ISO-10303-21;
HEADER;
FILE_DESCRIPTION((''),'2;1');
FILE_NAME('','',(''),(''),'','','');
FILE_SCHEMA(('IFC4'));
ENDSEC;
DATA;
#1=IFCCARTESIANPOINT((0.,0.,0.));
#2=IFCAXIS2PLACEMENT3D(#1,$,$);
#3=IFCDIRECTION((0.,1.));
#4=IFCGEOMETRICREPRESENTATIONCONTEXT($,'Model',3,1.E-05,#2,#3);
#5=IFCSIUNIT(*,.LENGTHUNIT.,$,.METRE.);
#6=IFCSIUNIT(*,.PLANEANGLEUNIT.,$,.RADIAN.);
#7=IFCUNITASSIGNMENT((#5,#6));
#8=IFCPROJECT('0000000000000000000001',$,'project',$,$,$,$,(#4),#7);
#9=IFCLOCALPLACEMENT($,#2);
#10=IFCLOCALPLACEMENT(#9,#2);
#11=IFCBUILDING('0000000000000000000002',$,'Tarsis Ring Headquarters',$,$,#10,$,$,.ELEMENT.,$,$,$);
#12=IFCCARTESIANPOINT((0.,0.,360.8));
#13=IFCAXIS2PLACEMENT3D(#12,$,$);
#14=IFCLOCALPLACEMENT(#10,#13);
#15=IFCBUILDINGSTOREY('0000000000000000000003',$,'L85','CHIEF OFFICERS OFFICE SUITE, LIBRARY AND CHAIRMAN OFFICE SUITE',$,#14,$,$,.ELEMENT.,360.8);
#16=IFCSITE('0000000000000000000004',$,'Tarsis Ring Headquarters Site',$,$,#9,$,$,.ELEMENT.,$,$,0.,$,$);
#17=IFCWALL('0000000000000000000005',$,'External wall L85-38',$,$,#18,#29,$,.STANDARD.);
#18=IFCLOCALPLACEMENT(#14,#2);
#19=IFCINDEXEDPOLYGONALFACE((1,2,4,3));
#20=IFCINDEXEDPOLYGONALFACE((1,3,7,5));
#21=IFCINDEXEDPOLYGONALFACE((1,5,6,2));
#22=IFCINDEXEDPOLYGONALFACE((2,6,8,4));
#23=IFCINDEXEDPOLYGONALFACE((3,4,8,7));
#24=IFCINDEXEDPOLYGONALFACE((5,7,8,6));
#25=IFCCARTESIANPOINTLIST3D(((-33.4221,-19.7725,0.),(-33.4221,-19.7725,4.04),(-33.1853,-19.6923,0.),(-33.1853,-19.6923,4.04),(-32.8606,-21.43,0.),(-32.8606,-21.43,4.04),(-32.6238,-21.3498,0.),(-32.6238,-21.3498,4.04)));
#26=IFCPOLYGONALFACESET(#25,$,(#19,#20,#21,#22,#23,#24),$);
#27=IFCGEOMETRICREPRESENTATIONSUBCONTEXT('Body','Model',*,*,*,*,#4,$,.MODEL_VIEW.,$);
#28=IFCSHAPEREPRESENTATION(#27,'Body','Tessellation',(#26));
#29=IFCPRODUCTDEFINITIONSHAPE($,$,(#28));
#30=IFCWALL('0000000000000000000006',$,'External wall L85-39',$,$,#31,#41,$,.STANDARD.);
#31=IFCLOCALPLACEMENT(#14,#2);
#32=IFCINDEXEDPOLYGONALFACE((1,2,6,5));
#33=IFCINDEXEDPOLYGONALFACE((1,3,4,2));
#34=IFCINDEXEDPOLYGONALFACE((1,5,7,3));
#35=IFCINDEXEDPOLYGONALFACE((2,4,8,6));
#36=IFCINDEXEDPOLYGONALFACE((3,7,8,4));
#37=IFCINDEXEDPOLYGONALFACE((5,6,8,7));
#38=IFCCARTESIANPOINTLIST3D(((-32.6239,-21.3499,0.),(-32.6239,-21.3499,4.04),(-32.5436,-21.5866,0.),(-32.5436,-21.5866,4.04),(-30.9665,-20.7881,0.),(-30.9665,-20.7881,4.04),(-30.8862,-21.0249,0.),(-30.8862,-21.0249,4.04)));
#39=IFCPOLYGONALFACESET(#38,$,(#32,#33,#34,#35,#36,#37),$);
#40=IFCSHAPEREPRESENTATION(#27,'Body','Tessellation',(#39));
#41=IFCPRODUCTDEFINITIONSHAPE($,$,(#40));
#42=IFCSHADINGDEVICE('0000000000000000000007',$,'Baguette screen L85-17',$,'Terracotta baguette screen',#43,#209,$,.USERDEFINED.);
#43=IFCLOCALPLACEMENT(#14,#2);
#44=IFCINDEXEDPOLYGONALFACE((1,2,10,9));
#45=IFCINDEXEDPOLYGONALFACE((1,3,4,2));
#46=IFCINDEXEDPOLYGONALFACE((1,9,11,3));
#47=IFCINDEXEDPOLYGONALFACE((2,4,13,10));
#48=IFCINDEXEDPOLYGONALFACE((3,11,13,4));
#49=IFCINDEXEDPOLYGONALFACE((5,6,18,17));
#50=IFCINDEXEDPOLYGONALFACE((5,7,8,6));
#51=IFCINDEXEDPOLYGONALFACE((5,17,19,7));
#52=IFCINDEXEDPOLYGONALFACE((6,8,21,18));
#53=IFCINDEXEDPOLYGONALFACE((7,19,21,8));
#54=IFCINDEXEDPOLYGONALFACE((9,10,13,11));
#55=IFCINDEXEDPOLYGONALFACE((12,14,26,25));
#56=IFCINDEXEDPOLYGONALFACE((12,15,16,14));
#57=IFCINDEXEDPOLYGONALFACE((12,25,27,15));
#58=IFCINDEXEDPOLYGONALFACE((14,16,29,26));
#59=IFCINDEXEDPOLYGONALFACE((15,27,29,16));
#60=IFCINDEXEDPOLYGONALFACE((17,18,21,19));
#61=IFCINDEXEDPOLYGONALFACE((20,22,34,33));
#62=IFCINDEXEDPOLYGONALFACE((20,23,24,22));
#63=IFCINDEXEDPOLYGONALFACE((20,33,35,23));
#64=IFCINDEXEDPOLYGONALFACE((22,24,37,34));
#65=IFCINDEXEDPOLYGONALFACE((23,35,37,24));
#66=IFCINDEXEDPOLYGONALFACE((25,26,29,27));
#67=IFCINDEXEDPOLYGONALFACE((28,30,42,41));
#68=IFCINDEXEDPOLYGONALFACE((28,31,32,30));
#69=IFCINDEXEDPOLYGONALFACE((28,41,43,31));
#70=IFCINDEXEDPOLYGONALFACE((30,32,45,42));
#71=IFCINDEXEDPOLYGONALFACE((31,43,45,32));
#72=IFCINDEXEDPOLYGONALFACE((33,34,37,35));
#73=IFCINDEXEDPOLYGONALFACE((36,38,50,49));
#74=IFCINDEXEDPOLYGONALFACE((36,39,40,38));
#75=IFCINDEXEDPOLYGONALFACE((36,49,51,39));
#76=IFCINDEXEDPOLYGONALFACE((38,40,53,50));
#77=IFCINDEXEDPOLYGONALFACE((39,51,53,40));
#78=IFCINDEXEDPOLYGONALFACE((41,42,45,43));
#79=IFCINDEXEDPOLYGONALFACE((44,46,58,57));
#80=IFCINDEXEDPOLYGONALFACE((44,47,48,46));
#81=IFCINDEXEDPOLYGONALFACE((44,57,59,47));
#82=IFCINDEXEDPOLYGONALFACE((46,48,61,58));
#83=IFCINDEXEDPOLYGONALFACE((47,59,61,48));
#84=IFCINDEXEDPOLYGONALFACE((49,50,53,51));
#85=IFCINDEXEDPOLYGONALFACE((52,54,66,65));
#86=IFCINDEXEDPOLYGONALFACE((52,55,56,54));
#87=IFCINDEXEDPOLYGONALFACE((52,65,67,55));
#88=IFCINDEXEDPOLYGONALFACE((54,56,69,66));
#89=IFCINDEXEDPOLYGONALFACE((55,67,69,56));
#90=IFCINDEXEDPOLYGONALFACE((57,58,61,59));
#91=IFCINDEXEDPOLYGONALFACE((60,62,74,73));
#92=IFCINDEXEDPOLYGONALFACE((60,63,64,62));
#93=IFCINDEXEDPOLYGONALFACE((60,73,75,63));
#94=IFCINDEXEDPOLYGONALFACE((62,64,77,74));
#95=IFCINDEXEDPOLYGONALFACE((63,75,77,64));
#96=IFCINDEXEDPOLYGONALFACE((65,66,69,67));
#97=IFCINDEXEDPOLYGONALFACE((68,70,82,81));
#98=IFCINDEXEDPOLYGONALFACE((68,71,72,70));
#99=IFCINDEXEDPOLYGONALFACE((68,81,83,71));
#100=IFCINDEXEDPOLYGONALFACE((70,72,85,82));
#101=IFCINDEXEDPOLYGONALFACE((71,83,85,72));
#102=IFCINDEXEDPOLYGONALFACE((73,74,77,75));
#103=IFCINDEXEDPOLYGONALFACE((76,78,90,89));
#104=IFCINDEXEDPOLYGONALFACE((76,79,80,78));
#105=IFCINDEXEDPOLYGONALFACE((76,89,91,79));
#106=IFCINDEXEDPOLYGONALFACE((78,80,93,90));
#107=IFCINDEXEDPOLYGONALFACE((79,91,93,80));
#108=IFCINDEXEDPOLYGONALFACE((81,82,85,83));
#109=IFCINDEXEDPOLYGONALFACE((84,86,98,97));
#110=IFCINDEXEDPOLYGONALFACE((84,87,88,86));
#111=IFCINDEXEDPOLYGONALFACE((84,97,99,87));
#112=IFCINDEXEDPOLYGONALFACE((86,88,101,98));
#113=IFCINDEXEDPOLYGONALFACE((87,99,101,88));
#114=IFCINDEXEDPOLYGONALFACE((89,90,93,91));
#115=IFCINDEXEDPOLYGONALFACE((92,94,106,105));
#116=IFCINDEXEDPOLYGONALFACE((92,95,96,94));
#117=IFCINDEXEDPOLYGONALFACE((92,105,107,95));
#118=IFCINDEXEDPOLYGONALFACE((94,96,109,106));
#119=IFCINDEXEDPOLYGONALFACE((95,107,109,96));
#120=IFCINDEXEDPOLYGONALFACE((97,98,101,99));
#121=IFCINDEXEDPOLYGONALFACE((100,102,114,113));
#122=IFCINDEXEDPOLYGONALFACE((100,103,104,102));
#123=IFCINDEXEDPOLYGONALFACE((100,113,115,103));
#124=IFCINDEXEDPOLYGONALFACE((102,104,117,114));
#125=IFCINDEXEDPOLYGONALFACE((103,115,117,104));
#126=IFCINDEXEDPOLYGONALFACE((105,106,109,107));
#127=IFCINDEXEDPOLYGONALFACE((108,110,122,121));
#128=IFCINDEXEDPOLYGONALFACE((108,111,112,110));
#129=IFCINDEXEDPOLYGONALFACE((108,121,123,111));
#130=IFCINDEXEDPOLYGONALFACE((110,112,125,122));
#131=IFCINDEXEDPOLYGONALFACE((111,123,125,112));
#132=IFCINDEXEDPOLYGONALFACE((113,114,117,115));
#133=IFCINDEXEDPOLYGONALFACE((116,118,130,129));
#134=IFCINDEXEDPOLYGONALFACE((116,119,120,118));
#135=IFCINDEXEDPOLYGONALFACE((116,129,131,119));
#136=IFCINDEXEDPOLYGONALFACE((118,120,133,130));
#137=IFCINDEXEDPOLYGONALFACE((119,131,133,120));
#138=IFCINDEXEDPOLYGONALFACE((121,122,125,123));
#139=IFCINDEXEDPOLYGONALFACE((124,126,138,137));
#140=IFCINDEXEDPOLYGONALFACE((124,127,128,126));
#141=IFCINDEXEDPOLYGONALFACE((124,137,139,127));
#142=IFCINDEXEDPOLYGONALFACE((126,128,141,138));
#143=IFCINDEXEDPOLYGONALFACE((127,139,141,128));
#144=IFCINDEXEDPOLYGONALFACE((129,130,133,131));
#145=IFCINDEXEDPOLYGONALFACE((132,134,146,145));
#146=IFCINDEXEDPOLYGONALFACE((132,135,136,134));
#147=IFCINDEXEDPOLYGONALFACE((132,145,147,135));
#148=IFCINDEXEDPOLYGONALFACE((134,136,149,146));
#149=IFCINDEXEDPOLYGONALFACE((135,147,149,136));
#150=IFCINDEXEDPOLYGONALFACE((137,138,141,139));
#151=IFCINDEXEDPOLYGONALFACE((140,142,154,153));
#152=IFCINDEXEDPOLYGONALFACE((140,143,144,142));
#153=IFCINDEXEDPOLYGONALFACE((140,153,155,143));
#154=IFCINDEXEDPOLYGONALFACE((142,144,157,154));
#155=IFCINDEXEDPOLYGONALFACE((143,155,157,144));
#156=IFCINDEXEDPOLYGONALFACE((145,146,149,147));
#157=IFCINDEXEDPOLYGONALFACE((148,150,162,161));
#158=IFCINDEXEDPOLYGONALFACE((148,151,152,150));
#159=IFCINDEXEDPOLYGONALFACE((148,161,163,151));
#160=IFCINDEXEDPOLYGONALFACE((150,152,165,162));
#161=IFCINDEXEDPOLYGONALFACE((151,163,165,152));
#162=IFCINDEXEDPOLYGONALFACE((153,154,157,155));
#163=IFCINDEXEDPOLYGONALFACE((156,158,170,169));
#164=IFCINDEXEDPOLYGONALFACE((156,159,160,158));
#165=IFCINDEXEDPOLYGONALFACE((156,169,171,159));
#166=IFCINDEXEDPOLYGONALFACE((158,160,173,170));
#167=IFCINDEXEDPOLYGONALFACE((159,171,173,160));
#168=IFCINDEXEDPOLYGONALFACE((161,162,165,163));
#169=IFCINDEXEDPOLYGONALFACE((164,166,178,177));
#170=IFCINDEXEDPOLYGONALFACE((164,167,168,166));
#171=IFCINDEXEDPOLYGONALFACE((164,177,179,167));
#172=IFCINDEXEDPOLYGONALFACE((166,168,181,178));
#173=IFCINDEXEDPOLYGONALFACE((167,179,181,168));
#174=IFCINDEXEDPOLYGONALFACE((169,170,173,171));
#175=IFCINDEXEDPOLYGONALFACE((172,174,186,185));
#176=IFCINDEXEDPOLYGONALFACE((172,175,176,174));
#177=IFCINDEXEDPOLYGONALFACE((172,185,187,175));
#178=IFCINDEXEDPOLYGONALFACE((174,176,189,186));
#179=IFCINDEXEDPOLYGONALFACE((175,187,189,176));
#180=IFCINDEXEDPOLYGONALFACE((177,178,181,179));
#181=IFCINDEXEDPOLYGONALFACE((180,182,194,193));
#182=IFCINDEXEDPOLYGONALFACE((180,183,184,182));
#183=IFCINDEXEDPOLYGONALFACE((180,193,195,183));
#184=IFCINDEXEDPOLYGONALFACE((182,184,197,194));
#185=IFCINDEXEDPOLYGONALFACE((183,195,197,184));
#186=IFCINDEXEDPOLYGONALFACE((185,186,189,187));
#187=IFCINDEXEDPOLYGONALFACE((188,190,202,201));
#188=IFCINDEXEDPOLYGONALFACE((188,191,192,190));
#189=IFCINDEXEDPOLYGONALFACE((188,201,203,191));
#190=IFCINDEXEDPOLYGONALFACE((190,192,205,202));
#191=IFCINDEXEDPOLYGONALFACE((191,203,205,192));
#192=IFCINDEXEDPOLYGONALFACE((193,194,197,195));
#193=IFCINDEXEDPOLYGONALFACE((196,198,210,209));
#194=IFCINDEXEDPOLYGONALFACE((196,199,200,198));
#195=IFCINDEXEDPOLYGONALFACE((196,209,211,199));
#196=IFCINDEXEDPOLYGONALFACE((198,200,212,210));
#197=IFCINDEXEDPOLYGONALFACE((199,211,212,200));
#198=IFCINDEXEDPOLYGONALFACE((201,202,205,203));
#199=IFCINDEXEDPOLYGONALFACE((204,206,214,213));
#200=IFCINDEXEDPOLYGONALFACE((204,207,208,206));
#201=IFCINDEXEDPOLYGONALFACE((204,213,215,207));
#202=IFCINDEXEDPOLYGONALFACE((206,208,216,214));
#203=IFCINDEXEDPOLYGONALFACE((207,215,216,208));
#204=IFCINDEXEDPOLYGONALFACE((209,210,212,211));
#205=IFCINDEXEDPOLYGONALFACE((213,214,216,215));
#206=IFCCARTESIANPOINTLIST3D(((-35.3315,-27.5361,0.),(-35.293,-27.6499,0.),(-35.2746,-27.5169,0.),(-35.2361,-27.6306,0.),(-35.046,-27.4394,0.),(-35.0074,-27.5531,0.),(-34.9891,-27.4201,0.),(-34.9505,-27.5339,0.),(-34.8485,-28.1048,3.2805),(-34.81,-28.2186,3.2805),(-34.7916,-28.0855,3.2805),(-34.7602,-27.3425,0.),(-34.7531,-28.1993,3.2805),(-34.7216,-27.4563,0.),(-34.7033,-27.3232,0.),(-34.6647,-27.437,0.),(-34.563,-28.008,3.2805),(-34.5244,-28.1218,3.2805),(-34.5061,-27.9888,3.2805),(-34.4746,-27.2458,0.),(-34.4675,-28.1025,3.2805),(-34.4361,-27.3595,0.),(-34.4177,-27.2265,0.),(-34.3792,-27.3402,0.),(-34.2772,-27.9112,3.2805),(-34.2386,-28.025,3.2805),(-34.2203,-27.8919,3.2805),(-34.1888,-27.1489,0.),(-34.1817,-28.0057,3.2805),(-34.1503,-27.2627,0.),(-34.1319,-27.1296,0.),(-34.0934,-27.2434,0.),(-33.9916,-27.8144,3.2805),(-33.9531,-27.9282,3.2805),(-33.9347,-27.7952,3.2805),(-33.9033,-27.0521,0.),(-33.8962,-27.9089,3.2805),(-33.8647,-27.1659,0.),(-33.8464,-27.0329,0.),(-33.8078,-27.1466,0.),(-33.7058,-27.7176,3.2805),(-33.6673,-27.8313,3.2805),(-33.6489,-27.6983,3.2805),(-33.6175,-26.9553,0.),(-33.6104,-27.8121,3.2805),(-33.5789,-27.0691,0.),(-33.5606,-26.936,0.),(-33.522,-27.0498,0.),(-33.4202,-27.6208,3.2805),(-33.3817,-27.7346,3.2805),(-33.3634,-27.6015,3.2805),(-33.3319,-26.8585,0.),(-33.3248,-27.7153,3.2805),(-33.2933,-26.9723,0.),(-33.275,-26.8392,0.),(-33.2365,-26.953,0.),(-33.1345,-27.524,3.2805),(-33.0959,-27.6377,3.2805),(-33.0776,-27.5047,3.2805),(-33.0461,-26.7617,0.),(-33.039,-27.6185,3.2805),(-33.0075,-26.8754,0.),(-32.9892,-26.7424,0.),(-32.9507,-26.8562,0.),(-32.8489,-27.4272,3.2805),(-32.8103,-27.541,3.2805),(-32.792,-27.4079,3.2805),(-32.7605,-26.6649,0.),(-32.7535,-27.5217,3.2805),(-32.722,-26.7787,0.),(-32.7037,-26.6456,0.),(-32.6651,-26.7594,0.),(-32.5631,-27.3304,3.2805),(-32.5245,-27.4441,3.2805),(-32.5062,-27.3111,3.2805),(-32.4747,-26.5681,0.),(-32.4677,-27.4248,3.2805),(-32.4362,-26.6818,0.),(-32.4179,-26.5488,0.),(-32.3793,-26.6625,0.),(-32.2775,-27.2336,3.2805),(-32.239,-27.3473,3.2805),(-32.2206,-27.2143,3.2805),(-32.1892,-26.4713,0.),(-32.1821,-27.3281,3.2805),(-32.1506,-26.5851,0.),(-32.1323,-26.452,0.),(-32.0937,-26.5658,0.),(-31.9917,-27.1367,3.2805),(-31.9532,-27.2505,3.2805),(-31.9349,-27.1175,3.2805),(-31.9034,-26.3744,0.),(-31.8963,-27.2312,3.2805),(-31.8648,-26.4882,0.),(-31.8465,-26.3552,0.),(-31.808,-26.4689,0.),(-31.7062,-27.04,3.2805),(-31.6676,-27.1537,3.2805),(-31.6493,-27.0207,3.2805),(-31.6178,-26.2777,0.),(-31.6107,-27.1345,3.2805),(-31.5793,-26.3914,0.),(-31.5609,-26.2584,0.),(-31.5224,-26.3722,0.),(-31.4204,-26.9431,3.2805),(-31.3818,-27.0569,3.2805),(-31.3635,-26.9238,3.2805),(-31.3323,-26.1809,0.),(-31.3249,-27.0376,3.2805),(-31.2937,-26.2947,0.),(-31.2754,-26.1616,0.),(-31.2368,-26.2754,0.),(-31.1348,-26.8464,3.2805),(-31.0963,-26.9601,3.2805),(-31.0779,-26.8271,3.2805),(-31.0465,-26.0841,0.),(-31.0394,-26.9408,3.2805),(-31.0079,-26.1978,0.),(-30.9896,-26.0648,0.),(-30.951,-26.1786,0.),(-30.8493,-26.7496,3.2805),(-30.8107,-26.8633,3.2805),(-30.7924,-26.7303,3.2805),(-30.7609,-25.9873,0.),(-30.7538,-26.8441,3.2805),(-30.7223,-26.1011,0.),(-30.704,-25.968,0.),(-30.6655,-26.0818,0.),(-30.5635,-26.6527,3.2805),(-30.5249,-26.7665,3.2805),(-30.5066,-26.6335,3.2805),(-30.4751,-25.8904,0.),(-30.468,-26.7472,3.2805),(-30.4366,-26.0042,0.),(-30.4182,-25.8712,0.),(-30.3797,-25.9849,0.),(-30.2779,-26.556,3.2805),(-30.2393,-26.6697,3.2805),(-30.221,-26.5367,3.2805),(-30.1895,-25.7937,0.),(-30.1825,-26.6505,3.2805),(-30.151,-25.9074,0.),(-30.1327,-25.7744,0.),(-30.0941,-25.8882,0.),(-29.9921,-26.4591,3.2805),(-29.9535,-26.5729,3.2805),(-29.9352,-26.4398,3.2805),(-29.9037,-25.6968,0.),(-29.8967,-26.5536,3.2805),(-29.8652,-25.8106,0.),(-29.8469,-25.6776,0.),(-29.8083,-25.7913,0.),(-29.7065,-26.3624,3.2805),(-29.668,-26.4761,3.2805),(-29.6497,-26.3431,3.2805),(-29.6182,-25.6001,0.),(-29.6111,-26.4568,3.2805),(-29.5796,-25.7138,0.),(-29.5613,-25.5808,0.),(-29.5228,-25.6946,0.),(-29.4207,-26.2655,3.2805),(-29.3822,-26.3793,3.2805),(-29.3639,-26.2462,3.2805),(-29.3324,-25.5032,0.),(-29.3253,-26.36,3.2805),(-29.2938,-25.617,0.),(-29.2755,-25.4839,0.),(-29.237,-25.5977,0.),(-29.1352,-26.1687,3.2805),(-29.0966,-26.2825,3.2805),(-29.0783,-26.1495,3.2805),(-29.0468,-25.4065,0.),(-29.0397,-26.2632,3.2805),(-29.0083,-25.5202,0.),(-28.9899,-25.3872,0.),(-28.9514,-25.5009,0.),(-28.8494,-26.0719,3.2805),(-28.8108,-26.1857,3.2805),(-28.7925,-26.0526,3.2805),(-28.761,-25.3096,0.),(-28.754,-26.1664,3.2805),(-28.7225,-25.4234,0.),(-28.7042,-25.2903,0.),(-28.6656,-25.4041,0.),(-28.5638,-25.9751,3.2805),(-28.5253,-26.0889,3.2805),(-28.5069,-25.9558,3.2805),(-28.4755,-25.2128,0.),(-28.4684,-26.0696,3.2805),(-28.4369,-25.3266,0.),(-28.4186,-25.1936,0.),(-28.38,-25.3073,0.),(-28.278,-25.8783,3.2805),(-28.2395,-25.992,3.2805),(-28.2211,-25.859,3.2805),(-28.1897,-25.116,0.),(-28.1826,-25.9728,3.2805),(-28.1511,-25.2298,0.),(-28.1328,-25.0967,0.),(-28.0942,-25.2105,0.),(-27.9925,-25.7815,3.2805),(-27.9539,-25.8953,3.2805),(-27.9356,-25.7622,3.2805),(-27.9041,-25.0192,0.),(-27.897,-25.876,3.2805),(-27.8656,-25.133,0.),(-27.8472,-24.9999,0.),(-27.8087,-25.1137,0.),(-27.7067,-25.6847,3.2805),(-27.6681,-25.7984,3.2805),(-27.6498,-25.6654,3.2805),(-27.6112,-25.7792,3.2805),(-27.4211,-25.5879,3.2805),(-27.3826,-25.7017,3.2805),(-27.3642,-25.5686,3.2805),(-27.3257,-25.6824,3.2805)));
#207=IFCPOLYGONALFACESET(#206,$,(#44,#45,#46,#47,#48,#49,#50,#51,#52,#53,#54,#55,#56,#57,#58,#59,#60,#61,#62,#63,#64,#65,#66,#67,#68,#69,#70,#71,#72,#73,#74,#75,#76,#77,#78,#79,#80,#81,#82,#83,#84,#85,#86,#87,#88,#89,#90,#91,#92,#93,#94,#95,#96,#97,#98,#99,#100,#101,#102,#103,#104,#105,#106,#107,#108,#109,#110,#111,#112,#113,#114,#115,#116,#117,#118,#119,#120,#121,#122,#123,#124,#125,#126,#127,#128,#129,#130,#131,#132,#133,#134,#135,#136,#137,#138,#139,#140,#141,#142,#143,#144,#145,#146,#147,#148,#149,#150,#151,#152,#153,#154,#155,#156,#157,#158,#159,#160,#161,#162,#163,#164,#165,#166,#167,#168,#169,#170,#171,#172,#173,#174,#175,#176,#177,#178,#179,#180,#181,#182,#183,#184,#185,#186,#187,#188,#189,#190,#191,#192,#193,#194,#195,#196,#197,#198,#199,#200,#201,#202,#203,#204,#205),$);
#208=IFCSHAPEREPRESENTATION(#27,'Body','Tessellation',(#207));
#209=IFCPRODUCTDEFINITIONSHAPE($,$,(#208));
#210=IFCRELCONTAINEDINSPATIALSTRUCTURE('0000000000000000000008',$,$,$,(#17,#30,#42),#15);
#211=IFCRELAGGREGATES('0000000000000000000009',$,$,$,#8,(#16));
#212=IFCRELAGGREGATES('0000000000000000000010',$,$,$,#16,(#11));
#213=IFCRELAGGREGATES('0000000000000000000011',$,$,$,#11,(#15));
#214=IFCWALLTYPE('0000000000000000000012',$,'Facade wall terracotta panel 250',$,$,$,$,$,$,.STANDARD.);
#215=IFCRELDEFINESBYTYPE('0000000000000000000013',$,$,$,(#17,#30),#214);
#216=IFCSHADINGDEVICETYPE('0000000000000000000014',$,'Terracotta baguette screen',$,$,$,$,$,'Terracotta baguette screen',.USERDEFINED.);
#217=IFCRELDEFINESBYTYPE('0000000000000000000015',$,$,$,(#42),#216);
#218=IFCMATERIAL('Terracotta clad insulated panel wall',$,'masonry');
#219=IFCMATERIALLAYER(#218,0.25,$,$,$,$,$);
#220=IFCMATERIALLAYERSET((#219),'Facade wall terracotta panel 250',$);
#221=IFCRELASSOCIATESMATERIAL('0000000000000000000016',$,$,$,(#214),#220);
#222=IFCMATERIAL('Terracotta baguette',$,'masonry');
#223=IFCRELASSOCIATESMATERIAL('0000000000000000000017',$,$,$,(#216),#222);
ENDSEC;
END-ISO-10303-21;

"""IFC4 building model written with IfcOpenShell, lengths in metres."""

from ifc_helpers import new_model, si_unit, direction, frame, frame_2d, origin, place, context, subcontext, project, spatial, rectangle, composite_profile, extrude, material, layer, layer_set, type_object, element, save


model = new_model("IFC4")

# Units and contexts
model_context = context("Model", 3, precision=1e-05, world=origin(), true_north=direction((0.0, 1.0)))
body_context = subcontext(model_context, "Body", "Model", "MODEL_VIEW")
ifc_project = project(units=[si_unit("LENGTHUNIT", "METRE"), si_unit("PLANEANGLEUNIT", "RADIAN")], contexts=[model_context])

# Site, building, storey
site_placement = place(None, origin())
site = spatial("IfcSite", under=ifc_project, at=site_placement, Name="Tarsis Ring Headquarters Site", CompositionType="ELEMENT", RefElevation=0.0)
building_placement = place(site_placement, origin())
building = spatial("IfcBuilding", under=site, at=building_placement, Name="Tarsis Ring Headquarters", CompositionType="ELEMENT")
storey_placement = place(building_placement, frame((0.0, 0.0, 360.8)))
storey = spatial("IfcBuildingStorey", under=building, at=storey_placement, Name="L85", Description="CHIEF OFFICERS OFFICE SUITE, LIBRARY AND CHAIRMAN OFFICE SUITE", CompositionType="ELEMENT", Elevation=360.8)

# Walls
ifc_material_1 = material(Name="Terracotta clad insulated panel wall", Category="masonry")
ifc_layer_1 = layer(ifc_material_1, 0.25)
ifc_layer_set_1 = layer_set([ifc_layer_1], Name="Facade wall terracotta panel 250")
wall_type = type_object("IfcWallType", Name="Facade wall terracotta panel 250", PredefinedType="STANDARD", material=ifc_layer_set_1)
for number, where, z_axis, x_axis, name in (
    (1, (-33.3037, -19.7324, 0.0), (0.0, 0.0, 1.0), (0.32087, -0.947123, 0.0), "External wall L85-38"),
    (2, (-32.5837, -21.4683, 0.0), (0.0, 0.0, 1.0), (0.947081, 0.320995, 0.0), "External wall L85-39"),
):
    element("IfcWall", number, at=place(storey_placement, frame(where, z_axis=z_axis, x_axis=x_axis)), inside=storey, type_object=wall_type, Name=name, PredefinedType="STANDARD", context=body_context, shape_type="SweptSolid", body=[
        extrude(rectangle(XDim=1.75, YDim=0.25, at=frame_2d((0.875, 0.0))), origin(), (0.0, 0.0, 1.0), 4.04),
    ])

# Shading device
ifc_material_2 = material(Name="Terracotta baguette", Category="masonry")
shading_device_type_1 = type_object("IfcShadingDeviceType", Name="Terracotta baguette screen", ElementType="Terracotta baguette screen", PredefinedType="USERDEFINED", material=ifc_material_2)
shading_device_1_placement = place(storey_placement, frame((-35.3123, -27.593, 0.0), z_axis=(0.0, 0.0, 1.0), x_axis=(0.947107, 0.320944, 0.0)))
element("IfcShadingDevice", 3, at=shading_device_1_placement, inside=storey, type_object=shading_device_type_1, Name="Baguette screen L85-17", ObjectType="Terracotta baguette screen", PredefinedType="USERDEFINED", context=body_context, shape_type="SweptSolid", body=[
    extrude(composite_profile([rectangle(XDim=0.0601, YDim=0.1201, at=frame_2d((0.03, 0.0))), rectangle(XDim=0.0601, YDim=0.1201, at=frame_2d((0.3315, 0.0))), rectangle(XDim=0.0601, YDim=0.1201, at=frame_2d((0.6333, 0.0))), rectangle(XDim=0.0601, YDim=0.1201, at=frame_2d((0.9348, 0.0))), rectangle(XDim=0.0601, YDim=0.1201, at=frame_2d((1.2366, 0.0))), rectangle(XDim=0.0601, YDim=0.1201, at=frame_2d((1.5381, 0.0))), rectangle(XDim=0.0601, YDim=0.1201, at=frame_2d((1.8398, 0.0))), rectangle(XDim=0.0601, YDim=0.1201, at=frame_2d((2.1414, 0.0))), rectangle(XDim=0.0601, YDim=0.1201, at=frame_2d((2.4431, 0.0))), rectangle(XDim=0.0601, YDim=0.1201, at=frame_2d((2.7446, 0.0))), rectangle(XDim=0.0601, YDim=0.1201, at=frame_2d((3.0464, 0.0))), rectangle(XDim=0.0601, YDim=0.1201, at=frame_2d((3.3479, 0.0))), rectangle(XDim=0.0601, YDim=0.1201, at=frame_2d((3.6497, 0.0))), rectangle(XDim=0.0601, YDim=0.1201, at=frame_2d((3.9512, 0.0))), rectangle(XDim=0.0601, YDim=0.1201, at=frame_2d((4.2527, 0.0))), rectangle(XDim=0.0601, YDim=0.1201, at=frame_2d((4.5544, 0.0))), rectangle(XDim=0.0601, YDim=0.1201, at=frame_2d((4.856, 0.0))), rectangle(XDim=0.0601, YDim=0.1201, at=frame_2d((5.1577, 0.0))), rectangle(XDim=0.0601, YDim=0.1201, at=frame_2d((5.4592, 0.0))), rectangle(XDim=0.0601, YDim=0.1201, at=frame_2d((5.761, 0.0))), rectangle(XDim=0.0601, YDim=0.1201, at=frame_2d((6.0625, 0.0))), rectangle(XDim=0.0601, YDim=0.1201, at=frame_2d((6.3643, 0.0))), rectangle(XDim=0.0601, YDim=0.1201, at=frame_2d((6.6658, 0.0))), rectangle(XDim=0.0601, YDim=0.1201, at=frame_2d((6.9675, 0.0))), rectangle(XDim=0.0601, YDim=0.1201, at=frame_2d((7.269, 0.0))), rectangle(XDim=0.0601, YDim=0.1201, at=frame_2d((7.5708, 0.0))), rectangle(XDim=0.0601, YDim=0.1201, at=frame_2d((7.8723, 0.0)))]), origin(), (0.081725, -0.20617, 0.975097), 3.3643),
])

save(model, "model.ifc")
